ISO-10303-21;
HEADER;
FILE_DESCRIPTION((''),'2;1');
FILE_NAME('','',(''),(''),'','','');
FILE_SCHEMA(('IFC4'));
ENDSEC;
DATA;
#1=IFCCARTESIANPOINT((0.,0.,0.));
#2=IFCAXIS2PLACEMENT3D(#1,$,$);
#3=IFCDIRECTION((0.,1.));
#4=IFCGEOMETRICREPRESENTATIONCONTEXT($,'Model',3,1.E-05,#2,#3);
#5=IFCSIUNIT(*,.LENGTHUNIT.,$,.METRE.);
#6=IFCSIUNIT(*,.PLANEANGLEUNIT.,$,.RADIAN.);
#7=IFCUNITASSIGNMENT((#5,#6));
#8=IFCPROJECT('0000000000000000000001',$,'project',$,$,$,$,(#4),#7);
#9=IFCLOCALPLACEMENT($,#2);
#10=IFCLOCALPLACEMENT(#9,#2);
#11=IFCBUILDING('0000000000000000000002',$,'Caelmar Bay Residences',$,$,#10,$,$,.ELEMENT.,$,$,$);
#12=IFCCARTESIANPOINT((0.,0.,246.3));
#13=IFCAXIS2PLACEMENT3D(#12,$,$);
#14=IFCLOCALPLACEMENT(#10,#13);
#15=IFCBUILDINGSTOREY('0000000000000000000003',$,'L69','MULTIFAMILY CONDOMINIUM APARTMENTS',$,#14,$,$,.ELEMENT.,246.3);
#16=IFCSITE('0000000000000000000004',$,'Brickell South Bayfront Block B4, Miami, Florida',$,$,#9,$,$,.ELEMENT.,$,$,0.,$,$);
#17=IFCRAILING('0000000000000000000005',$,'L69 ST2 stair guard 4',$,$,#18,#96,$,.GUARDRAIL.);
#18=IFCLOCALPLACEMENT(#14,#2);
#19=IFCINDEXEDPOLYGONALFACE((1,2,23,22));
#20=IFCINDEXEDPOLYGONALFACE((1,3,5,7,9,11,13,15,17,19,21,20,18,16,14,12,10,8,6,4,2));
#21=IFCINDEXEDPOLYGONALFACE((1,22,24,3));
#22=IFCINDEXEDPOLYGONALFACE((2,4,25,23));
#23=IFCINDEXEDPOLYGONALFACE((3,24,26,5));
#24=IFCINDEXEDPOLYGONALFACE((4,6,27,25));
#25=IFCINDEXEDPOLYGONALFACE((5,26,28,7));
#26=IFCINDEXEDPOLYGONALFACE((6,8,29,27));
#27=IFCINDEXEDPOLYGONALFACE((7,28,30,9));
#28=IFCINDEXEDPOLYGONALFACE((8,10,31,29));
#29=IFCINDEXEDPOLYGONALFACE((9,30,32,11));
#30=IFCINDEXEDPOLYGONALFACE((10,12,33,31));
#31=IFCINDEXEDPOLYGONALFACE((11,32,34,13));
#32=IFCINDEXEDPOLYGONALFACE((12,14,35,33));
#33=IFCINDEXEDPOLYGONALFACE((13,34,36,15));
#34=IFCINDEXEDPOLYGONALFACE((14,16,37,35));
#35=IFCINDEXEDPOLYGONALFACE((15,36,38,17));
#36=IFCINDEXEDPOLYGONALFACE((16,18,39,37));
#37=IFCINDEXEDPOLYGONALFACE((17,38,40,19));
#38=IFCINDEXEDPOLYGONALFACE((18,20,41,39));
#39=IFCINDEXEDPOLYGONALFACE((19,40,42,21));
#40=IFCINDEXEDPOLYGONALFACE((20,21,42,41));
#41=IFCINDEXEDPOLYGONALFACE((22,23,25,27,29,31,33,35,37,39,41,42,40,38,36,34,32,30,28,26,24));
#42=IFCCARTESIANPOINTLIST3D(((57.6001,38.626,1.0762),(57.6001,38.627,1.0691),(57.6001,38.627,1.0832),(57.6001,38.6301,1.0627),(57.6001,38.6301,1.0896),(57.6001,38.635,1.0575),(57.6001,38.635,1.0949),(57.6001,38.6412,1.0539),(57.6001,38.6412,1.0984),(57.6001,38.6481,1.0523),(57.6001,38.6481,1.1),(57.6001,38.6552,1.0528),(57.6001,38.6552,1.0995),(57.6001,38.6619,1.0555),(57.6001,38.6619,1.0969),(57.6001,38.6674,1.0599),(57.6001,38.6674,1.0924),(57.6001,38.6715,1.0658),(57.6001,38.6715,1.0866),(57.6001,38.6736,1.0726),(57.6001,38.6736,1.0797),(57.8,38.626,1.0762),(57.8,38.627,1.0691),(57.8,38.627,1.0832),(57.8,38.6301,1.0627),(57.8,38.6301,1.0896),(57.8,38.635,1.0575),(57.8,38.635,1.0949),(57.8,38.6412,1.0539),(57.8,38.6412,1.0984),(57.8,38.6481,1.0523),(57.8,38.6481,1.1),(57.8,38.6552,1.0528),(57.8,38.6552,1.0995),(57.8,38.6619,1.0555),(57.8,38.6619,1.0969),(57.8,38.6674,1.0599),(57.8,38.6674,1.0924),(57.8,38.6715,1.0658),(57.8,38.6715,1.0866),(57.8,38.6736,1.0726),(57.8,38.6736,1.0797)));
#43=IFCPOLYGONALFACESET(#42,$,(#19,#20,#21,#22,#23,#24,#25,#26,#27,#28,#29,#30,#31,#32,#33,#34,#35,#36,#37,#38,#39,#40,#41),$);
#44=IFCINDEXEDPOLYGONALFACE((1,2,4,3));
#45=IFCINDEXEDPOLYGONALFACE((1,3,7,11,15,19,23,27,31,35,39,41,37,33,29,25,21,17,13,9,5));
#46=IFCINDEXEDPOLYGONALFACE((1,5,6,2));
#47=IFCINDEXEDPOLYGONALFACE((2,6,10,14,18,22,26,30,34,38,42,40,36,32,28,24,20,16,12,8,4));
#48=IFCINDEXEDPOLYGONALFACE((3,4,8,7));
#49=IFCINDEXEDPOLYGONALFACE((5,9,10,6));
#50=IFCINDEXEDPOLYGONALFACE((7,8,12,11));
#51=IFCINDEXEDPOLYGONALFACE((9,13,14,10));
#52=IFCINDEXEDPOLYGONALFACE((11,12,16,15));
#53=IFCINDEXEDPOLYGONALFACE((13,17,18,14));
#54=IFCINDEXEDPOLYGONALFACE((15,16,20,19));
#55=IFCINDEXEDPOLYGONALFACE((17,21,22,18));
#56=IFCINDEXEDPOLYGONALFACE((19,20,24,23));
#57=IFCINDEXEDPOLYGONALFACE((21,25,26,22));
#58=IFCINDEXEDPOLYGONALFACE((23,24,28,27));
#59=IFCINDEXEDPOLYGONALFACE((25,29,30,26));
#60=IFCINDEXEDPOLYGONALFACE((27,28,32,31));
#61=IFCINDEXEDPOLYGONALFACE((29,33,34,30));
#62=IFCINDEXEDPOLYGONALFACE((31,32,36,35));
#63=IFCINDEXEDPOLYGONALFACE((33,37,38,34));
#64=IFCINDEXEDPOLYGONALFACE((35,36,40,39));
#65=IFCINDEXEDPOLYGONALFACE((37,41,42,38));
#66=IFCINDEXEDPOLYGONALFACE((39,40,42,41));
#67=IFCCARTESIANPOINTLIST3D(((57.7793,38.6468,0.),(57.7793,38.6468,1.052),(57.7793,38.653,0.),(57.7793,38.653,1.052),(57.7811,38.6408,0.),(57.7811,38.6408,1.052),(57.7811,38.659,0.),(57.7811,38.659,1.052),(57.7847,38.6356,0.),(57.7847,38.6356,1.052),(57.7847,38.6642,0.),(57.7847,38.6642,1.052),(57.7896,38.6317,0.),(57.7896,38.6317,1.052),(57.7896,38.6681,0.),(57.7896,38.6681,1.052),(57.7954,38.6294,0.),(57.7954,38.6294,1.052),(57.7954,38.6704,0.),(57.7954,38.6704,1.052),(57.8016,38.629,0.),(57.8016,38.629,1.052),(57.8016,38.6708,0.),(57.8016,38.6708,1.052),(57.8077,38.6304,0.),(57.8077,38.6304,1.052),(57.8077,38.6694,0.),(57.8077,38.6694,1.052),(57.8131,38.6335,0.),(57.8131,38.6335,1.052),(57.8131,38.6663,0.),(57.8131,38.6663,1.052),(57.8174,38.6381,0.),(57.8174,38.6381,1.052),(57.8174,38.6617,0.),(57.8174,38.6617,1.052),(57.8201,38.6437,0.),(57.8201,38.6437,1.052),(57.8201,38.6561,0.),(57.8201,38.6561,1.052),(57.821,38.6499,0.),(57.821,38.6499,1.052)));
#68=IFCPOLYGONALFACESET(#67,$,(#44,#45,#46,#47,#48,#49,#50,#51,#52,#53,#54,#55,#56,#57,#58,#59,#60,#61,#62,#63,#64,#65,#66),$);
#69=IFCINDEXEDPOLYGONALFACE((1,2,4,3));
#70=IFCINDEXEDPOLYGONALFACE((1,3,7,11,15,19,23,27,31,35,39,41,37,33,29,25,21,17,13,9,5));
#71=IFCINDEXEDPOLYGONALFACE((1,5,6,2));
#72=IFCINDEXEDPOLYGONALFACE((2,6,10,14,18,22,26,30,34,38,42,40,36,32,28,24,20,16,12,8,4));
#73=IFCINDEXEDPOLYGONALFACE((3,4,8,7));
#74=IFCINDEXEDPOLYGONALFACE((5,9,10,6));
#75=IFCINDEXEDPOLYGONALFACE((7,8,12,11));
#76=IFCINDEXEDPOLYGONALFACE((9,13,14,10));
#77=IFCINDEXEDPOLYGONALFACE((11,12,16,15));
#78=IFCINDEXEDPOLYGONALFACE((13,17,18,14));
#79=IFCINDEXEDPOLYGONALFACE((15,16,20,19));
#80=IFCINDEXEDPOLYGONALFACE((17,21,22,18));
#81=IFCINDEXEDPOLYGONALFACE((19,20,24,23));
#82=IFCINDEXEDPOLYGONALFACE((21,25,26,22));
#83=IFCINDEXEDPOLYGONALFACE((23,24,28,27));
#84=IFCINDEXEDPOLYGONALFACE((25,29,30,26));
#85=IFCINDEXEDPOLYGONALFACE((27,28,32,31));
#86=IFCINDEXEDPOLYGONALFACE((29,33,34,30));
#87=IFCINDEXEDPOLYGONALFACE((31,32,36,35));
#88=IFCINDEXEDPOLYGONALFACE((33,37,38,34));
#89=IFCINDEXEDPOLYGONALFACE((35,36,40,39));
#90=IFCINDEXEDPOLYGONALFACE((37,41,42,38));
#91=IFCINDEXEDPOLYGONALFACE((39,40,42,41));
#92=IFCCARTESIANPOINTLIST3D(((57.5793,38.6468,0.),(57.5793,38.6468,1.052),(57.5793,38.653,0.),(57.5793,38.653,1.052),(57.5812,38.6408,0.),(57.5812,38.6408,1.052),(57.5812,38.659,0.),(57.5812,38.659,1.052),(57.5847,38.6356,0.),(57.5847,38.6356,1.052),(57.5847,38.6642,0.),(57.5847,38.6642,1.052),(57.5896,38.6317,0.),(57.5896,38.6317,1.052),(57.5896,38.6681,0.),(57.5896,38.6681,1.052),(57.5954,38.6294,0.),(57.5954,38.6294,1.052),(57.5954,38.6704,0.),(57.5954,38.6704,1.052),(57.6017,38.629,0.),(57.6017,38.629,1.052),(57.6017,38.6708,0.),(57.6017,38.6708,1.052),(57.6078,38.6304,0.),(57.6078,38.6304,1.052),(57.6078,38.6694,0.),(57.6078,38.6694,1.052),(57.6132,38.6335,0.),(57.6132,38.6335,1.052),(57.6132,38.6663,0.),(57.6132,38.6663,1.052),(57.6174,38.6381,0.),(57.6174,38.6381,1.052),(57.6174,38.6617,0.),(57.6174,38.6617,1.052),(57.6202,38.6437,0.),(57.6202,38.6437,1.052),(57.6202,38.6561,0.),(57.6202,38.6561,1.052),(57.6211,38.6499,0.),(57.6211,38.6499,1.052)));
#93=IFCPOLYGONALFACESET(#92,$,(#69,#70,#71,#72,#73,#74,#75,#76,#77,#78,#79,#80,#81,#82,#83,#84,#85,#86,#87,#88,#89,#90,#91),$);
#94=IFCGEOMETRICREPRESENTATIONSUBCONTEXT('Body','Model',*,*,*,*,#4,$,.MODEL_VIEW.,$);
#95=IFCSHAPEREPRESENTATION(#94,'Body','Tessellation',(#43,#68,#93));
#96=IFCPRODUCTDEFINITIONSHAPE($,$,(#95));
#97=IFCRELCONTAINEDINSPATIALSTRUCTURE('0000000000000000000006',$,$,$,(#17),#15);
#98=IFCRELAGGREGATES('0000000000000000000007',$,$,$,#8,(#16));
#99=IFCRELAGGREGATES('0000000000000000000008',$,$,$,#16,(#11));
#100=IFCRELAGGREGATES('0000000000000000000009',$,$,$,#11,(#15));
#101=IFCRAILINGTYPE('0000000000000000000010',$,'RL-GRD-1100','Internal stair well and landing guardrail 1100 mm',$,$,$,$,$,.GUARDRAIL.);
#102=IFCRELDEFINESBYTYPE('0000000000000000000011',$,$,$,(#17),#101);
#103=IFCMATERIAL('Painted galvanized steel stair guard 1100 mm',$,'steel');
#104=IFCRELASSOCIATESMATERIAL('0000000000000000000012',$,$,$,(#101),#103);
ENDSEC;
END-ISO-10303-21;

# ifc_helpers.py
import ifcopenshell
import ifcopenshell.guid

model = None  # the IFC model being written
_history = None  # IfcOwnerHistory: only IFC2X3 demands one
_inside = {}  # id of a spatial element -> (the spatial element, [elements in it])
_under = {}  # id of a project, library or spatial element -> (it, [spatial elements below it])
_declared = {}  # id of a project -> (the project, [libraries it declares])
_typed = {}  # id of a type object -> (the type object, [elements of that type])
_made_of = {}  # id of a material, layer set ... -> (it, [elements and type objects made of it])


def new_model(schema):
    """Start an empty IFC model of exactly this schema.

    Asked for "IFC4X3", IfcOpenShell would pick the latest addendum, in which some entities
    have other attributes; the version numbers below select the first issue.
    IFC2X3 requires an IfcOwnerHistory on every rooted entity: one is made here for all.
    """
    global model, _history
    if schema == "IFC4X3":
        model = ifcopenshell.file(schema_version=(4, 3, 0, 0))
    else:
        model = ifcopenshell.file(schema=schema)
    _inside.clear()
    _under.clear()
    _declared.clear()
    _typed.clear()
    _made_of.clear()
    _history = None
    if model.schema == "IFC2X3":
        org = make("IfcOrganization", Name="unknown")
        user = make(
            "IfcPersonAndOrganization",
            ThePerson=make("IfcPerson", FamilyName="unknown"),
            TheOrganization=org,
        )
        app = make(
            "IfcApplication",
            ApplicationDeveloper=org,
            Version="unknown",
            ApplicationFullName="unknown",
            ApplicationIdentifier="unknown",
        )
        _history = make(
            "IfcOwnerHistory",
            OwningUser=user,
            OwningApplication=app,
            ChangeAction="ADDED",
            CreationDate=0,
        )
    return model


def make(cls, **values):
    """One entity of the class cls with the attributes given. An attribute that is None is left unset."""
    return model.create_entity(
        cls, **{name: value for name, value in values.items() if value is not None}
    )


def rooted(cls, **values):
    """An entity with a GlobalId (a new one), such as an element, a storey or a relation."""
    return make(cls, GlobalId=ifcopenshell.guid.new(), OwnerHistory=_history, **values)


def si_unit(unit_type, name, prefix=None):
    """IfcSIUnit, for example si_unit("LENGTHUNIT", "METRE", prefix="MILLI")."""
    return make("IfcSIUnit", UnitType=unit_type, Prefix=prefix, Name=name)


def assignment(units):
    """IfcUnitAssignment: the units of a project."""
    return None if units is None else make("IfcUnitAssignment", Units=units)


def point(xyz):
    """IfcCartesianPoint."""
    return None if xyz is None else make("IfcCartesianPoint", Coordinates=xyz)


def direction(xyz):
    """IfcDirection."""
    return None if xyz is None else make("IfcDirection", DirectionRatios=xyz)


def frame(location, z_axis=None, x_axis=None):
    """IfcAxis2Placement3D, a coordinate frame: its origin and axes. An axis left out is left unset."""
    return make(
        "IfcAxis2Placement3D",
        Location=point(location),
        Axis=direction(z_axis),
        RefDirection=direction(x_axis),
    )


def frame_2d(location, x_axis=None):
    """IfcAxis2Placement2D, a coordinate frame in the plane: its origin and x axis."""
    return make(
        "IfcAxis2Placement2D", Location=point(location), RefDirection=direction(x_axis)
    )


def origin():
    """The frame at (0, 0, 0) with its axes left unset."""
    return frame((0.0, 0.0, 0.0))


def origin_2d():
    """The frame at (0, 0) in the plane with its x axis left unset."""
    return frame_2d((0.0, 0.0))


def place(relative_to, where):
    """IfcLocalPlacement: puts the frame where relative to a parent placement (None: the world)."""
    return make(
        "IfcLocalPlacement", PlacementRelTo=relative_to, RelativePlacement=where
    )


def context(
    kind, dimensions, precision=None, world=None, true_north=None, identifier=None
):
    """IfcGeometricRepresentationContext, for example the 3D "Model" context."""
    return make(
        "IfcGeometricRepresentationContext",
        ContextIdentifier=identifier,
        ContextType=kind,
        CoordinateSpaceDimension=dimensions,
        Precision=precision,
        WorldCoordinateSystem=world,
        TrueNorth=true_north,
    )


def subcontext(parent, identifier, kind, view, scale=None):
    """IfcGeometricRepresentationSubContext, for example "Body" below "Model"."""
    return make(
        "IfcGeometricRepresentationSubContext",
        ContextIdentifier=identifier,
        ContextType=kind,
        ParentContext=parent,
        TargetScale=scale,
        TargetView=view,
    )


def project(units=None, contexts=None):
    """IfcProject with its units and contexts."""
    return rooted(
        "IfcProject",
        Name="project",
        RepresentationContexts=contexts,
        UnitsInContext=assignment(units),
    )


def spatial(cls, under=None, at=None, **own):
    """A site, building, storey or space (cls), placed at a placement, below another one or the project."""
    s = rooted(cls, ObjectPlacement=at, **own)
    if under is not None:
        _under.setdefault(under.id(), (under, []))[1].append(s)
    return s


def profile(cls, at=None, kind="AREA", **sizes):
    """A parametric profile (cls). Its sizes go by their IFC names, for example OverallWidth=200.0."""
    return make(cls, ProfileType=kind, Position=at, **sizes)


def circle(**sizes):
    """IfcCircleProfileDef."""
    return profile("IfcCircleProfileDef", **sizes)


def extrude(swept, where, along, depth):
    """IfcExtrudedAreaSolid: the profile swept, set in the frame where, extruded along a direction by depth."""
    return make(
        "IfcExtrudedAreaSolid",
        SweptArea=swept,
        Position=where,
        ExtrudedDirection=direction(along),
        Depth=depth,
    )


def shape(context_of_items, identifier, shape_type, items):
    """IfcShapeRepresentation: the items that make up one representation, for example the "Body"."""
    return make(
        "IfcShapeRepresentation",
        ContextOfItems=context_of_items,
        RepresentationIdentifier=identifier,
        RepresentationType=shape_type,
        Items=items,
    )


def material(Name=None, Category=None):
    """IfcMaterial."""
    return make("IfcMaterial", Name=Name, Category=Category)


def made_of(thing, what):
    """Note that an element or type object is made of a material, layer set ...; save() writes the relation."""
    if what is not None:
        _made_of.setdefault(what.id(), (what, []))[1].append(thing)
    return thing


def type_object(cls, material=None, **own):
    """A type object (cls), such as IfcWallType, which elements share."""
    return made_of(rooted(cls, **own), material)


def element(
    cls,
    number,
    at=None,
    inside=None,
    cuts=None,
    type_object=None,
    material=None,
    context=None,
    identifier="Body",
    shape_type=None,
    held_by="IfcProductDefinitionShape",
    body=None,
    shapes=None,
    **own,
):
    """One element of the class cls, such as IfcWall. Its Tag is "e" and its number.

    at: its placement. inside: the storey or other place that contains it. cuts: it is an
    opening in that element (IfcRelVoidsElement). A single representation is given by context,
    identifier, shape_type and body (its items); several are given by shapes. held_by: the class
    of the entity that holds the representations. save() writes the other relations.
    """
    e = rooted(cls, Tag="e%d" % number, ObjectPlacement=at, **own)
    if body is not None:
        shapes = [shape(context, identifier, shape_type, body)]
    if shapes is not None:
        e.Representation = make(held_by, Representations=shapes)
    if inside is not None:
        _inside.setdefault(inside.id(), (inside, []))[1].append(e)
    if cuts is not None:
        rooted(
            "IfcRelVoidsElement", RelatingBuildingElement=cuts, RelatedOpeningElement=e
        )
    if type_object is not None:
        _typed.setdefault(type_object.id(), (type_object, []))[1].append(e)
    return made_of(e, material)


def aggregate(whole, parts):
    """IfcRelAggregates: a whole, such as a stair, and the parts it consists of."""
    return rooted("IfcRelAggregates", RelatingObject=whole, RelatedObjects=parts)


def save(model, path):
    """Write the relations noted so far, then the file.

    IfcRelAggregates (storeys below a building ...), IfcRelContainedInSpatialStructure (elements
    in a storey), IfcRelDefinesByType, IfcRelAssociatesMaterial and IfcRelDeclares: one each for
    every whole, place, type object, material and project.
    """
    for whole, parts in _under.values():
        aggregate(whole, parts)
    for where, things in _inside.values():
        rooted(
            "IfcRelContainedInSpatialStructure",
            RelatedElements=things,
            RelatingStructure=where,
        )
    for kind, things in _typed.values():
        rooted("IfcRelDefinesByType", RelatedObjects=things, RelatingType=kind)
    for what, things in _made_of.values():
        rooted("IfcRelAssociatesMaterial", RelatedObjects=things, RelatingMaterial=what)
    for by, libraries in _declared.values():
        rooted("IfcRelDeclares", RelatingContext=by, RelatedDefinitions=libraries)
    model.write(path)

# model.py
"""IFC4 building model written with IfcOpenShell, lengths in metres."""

from ifc_helpers import new_model, si_unit, direction, frame, origin, origin_2d, place, context, subcontext, project, spatial, circle, extrude, material, type_object, element, save


model = new_model("IFC4")

# Units and contexts
model_context = context("Model", 3, precision=1e-05, world=origin(), true_north=direction((0.0, 1.0)))
body_context = subcontext(model_context, "Body", "Model", "MODEL_VIEW")
ifc_project = project(units=[si_unit("LENGTHUNIT", "METRE"), si_unit("PLANEANGLEUNIT", "RADIAN")], contexts=[model_context])

# Site, building, storey
site_placement = place(None, origin())
site = spatial("IfcSite", under=ifc_project, at=site_placement, Name="Brickell South Bayfront Block B4, Miami, Florida", CompositionType="ELEMENT", RefElevation=0.0)
building_placement = place(site_placement, origin())
building = spatial("IfcBuilding", under=site, at=building_placement, Name="Caelmar Bay Residences", CompositionType="ELEMENT")
storey_placement = place(building_placement, frame((0.0, 0.0, 246.3)))
storey = spatial("IfcBuildingStorey", under=building, at=storey_placement, Name="L69", Description="MULTIFAMILY CONDOMINIUM APARTMENTS", CompositionType="ELEMENT", Elevation=246.3)

# Railing
ifc_material_1 = material(Name="Painted galvanized steel stair guard 1100 mm", Category="steel")
railing_type_1 = type_object("IfcRailingType", Name="RL-GRD-1100", Description="Internal stair well and landing guardrail 1100 mm", PredefinedType="GUARDRAIL", material=ifc_material_1)
railing_1_placement = place(storey_placement, frame((57.8, 38.6499, 0.0)))
element("IfcRailing", 1, at=railing_1_placement, inside=storey, type_object=railing_type_1, Name="L69 ST2 stair guard 4", PredefinedType="GUARDRAIL", context=body_context, shape_type="SweptSolid", body=[
    extrude(circle(Radius=0.0239, at=origin_2d()), frame((0.0, 0.0, 1.0762), z_axis=(-1.0, 0.0, 0.0), x_axis=(0.0, -1.0, 0.0)), (0.0, 0.0, 1.0), 0.2),
    extrude(circle(Radius=0.021, at=origin_2d()), origin(), (0.0, 0.0, 1.0), 1.052),
    extrude(circle(Radius=0.021, at=origin_2d()), frame((-0.2, 0.0, 0.0)), (0.0, 0.0, 1.0), 1.052),
])

save(model, "model.ifc")
